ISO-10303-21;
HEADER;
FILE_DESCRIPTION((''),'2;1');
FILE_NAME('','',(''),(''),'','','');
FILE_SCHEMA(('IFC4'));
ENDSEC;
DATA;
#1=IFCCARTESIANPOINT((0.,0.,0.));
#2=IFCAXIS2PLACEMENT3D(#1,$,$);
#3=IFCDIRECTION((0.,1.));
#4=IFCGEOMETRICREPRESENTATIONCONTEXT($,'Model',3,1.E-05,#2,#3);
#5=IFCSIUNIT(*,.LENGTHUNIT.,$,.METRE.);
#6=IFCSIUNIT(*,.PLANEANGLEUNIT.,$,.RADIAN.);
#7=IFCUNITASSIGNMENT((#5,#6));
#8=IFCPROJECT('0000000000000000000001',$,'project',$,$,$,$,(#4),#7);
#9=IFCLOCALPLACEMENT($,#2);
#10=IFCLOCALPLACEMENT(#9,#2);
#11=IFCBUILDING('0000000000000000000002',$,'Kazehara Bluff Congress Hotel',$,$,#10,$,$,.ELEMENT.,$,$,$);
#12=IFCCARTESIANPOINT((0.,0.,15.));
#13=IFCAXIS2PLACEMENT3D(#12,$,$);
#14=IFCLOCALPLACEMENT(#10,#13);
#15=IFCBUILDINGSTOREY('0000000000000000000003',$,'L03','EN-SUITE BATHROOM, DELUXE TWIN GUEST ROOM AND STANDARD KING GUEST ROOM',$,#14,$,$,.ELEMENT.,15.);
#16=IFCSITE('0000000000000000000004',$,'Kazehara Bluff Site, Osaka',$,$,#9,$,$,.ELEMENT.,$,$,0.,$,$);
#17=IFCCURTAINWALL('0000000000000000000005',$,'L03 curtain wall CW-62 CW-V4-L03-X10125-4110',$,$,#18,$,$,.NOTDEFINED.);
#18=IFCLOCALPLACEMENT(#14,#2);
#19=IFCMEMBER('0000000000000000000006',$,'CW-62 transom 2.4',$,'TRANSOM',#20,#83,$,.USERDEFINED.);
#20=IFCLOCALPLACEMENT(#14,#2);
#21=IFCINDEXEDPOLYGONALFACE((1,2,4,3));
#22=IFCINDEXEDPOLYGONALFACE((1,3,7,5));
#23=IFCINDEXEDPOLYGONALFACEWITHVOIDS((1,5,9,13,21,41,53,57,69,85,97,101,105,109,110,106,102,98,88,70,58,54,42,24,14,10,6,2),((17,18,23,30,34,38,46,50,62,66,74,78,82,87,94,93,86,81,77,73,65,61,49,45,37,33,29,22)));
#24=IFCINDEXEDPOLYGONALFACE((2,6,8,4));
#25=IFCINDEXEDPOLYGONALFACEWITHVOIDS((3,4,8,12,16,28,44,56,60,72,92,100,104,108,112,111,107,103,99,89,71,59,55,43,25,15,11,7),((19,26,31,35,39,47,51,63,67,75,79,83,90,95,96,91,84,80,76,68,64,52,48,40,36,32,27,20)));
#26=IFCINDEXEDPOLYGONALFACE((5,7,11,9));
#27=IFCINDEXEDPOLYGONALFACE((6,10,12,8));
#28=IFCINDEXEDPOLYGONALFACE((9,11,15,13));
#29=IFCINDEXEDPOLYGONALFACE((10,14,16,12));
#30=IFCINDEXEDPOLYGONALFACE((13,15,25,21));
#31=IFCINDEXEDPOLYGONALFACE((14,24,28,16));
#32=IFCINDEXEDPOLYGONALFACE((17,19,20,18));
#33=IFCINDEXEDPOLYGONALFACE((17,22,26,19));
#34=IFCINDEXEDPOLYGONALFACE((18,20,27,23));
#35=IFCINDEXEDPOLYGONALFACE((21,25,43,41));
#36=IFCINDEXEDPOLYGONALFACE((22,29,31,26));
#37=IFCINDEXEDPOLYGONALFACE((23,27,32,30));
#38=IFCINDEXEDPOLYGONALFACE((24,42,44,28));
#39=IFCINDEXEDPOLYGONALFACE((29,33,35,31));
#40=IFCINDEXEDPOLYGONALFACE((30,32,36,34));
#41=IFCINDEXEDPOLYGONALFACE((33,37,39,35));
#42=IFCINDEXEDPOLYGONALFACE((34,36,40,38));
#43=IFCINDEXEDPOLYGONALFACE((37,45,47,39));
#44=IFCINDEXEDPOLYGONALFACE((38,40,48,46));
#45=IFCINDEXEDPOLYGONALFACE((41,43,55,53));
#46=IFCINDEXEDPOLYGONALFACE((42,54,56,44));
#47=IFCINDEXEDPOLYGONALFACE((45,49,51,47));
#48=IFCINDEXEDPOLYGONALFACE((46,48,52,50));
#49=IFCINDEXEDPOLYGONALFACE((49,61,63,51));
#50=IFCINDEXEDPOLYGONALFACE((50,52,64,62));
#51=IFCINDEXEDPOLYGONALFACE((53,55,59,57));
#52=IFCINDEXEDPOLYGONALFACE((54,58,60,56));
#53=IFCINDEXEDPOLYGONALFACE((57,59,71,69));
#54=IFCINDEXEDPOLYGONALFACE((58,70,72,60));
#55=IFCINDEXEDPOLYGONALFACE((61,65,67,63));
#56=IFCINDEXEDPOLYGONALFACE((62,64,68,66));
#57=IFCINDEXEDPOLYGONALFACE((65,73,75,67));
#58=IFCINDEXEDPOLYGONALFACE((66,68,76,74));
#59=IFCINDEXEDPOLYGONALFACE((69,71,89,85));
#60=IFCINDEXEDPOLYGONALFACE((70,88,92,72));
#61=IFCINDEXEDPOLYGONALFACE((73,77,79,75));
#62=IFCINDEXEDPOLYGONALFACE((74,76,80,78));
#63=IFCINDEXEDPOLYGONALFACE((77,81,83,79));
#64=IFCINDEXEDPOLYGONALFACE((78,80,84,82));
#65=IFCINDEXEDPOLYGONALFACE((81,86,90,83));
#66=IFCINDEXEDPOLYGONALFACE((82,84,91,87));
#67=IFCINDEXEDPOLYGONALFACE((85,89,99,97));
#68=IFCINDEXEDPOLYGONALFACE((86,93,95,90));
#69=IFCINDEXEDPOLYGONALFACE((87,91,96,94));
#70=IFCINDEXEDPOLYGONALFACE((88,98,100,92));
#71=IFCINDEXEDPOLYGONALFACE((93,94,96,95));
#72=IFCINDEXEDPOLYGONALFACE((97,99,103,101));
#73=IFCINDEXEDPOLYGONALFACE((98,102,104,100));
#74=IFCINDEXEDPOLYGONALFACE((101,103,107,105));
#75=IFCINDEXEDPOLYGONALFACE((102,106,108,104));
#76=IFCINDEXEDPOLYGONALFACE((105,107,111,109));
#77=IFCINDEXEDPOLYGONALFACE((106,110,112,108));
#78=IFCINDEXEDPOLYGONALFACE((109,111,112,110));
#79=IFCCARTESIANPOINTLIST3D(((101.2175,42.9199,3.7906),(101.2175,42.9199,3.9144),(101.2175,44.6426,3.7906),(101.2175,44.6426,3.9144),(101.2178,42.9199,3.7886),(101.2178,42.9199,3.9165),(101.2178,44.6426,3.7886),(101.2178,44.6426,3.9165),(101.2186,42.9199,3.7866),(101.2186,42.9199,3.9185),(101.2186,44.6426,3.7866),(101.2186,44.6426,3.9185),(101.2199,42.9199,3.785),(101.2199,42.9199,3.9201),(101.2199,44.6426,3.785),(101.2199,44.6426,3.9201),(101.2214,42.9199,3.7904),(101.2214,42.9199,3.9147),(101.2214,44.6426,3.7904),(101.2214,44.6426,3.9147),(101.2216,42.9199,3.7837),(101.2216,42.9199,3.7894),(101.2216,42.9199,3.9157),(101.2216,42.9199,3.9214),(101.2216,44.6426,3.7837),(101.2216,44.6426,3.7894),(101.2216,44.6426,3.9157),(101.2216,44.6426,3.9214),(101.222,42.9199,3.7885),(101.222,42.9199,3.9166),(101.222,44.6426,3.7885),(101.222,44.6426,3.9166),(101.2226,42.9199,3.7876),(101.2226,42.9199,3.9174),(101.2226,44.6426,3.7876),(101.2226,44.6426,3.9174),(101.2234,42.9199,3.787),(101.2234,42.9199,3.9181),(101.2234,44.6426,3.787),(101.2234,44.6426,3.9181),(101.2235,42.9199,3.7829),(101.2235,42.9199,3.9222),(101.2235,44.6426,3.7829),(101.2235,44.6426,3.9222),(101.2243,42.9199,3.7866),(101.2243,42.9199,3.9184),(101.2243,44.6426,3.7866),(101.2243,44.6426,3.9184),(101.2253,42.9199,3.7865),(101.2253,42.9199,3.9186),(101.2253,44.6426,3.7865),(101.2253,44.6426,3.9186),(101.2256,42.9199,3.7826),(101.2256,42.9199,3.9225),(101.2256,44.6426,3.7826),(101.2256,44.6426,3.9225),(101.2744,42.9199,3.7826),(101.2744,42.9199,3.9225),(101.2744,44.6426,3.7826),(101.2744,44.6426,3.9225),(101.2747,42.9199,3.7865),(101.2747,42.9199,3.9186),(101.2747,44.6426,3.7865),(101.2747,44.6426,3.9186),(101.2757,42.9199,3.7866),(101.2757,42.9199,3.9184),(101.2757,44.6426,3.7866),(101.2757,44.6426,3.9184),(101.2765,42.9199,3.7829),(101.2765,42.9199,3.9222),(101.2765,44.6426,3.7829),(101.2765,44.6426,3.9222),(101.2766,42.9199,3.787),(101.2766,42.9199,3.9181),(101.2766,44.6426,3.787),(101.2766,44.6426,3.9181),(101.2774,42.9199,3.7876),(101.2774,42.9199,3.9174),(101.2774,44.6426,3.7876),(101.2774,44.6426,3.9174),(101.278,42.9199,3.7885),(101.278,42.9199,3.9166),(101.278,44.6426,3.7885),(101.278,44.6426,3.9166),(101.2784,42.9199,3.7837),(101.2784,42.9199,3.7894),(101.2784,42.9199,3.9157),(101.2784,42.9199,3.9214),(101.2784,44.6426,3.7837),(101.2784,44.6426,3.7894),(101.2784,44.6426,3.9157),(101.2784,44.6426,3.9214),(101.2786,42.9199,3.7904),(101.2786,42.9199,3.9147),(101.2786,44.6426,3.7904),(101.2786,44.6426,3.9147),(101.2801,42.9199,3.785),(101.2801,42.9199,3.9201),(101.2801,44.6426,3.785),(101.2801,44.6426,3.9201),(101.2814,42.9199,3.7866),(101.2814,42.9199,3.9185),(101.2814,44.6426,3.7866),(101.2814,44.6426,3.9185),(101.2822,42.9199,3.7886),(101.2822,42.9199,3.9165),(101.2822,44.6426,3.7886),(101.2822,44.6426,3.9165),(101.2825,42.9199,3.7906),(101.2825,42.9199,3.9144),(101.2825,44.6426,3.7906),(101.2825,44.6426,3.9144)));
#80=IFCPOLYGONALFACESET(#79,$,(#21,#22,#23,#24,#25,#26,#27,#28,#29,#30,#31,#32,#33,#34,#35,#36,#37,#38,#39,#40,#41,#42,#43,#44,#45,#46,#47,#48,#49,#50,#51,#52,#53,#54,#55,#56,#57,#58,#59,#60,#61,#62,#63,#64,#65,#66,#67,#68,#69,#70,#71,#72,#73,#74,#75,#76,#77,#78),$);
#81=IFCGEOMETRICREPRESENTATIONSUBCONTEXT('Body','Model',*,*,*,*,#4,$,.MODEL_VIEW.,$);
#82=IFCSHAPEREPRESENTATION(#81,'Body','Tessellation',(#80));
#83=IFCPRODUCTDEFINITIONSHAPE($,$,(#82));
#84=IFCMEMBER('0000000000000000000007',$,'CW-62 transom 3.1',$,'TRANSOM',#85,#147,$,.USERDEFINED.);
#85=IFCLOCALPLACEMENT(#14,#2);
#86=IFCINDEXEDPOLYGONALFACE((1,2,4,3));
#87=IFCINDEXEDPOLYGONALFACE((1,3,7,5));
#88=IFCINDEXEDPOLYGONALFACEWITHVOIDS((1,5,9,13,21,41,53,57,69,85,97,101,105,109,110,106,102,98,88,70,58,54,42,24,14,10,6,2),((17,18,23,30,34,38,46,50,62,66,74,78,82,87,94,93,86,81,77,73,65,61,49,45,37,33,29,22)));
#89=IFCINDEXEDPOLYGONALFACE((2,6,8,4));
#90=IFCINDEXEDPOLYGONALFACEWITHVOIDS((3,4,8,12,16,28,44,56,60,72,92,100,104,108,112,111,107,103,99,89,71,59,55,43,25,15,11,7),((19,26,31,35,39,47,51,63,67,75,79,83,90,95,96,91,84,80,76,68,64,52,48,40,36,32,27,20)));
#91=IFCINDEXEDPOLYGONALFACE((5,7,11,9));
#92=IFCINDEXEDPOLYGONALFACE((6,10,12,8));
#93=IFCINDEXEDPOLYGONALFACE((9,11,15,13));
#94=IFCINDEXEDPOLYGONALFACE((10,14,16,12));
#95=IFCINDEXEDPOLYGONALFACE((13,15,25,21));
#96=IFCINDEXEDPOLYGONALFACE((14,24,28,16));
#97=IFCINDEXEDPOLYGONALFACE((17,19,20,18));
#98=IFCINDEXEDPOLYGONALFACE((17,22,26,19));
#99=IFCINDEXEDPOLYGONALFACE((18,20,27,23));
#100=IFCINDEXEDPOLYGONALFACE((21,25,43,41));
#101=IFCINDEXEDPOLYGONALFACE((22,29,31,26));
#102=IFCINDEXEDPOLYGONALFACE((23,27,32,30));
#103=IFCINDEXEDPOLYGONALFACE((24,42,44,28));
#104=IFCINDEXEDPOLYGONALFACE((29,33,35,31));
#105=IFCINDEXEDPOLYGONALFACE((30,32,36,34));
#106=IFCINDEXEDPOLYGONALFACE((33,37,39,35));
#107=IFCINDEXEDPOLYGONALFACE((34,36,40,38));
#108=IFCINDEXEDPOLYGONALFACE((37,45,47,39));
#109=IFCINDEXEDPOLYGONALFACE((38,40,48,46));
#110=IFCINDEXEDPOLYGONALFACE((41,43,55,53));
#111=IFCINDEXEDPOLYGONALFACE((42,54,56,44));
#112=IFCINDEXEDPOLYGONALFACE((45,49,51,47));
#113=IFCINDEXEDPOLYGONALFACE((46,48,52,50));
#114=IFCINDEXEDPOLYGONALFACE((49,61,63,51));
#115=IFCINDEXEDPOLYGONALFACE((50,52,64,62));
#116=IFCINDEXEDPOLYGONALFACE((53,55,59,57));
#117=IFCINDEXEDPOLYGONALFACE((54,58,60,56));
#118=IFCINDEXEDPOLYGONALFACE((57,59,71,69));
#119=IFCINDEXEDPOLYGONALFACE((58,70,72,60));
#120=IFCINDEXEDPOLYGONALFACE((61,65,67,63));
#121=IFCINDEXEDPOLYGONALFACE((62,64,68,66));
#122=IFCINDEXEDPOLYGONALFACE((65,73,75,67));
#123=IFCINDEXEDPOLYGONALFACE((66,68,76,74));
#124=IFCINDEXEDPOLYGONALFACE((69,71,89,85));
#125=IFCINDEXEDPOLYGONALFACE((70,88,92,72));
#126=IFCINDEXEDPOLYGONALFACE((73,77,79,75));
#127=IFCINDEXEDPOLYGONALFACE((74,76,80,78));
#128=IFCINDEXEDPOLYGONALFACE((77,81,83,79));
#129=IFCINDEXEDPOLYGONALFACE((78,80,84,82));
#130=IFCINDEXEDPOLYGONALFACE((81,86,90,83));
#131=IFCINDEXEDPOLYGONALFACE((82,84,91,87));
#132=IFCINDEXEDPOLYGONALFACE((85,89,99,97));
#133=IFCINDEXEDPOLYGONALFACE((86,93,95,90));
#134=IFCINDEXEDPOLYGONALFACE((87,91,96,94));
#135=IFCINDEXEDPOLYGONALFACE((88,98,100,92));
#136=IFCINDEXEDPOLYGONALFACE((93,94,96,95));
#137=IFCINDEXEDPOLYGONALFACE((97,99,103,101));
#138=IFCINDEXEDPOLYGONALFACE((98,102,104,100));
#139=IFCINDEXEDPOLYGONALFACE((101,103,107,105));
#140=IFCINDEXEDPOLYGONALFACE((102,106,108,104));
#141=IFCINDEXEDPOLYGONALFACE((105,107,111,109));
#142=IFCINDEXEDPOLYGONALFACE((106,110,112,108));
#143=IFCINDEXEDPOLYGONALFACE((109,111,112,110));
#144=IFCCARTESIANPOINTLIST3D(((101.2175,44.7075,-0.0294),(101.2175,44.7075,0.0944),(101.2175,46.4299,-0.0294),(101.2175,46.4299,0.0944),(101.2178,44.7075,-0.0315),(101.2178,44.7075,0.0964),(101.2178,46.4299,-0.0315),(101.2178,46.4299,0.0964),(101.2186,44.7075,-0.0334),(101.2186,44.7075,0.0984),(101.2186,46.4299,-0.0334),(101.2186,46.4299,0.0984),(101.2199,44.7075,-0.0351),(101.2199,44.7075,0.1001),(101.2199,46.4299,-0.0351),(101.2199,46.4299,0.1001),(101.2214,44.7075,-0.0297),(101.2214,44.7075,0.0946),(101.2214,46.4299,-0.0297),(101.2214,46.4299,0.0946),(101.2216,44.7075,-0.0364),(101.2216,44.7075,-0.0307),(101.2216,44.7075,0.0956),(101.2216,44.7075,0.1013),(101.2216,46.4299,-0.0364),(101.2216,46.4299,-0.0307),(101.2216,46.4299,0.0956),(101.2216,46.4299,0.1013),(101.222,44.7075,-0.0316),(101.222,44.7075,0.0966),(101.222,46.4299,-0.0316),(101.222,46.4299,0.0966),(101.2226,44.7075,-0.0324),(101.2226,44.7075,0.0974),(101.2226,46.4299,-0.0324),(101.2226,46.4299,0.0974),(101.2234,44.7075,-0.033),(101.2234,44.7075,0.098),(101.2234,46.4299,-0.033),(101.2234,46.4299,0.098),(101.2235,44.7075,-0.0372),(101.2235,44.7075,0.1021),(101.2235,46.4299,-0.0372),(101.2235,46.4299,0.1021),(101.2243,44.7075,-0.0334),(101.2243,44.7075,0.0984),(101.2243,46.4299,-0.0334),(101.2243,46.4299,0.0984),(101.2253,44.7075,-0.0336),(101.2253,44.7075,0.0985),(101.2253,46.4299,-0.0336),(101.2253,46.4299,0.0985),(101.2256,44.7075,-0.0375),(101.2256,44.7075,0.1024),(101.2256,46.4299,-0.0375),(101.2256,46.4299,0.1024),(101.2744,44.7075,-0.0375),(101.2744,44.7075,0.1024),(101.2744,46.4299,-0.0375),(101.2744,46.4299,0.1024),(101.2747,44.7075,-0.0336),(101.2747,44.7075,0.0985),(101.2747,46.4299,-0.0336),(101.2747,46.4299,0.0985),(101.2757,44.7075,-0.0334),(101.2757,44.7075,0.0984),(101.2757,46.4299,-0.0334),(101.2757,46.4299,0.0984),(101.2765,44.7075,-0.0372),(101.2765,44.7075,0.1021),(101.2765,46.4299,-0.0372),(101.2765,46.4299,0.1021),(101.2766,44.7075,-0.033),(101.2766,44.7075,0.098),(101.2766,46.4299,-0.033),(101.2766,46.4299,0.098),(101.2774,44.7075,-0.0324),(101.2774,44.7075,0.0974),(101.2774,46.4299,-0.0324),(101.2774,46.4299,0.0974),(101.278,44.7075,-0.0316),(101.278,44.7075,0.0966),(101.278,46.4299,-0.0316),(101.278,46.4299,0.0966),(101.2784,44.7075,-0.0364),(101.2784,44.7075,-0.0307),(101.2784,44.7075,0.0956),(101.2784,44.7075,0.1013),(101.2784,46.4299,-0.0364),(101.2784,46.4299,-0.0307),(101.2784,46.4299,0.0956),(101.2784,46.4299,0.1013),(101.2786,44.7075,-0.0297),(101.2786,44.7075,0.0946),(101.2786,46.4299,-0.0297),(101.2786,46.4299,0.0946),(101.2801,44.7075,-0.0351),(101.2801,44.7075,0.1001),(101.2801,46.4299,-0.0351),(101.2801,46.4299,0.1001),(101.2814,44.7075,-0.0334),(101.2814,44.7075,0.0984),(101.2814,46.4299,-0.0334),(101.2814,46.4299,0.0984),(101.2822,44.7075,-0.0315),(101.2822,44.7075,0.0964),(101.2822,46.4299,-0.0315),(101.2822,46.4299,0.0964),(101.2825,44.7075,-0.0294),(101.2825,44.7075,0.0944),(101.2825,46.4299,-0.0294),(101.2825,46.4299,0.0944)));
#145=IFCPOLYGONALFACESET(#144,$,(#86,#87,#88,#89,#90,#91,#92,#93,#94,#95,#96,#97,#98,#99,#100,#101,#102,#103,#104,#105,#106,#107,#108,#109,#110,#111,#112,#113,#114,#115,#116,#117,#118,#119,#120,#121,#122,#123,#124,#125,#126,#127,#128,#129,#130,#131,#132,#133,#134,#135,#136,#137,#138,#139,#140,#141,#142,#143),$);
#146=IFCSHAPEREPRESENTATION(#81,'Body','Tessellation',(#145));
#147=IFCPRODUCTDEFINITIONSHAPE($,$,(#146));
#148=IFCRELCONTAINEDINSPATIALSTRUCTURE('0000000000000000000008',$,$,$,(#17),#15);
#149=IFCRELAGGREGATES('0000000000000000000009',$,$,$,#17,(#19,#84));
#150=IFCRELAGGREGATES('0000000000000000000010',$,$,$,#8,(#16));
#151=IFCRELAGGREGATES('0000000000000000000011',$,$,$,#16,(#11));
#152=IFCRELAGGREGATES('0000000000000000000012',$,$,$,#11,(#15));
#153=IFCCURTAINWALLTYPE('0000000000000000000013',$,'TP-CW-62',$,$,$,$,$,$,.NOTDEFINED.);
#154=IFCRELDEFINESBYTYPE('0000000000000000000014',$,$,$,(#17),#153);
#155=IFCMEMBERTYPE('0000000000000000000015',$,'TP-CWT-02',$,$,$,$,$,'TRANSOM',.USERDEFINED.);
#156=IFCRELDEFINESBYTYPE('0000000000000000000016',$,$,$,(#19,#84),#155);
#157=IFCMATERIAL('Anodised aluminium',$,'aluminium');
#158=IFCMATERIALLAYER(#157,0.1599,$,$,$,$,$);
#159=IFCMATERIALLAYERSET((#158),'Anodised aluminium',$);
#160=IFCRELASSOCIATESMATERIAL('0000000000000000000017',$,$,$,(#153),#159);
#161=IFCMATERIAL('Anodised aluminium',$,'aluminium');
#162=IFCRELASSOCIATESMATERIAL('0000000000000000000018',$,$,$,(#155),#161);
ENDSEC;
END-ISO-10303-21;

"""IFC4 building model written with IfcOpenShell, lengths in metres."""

from ifc_helpers import new_model, si_unit, direction, frame, origin, origin_2d, place, context, subcontext, project, spatial, hollow_rectangle, extrude, material, layer, layer_set, material_profile, profile_set, type_object, element, aggregate, save


model = new_model("IFC4")

# Units and contexts
model_context = context("Model", 3, precision=1e-05, world=origin(), true_north=direction((0.0, 1.0)))
body_context = subcontext(model_context, "Body", "Model", "MODEL_VIEW")
ifc_project = project(units=[si_unit("LENGTHUNIT", "METRE"), si_unit("PLANEANGLEUNIT", "RADIAN")], contexts=[model_context])

# Site, building, storey
site_placement = place(None, origin())
site = spatial("IfcSite", under=ifc_project, at=site_placement, Name="Kazehara Bluff Site, Osaka", CompositionType="ELEMENT", RefElevation=0.0)
building_placement = place(site_placement, origin())
building = spatial("IfcBuilding", under=site, at=building_placement, Name="Kazehara Bluff Congress Hotel", CompositionType="ELEMENT")
storey_placement = place(building_placement, frame((0.0, 0.0, 15.0)))
storey = spatial("IfcBuildingStorey", under=building, at=storey_placement, Name="L03", Description="EN-SUITE BATHROOM, DELUXE TWIN GUEST ROOM AND STANDARD KING GUEST ROOM", CompositionType="ELEMENT", Elevation=15.0)

# Curtain wall, members
ifc_material_1 = material(Name="Anodised aluminium", Category="aluminium")
ifc_layer_1 = layer(ifc_material_1, 0.1599)
ifc_layer_set_1 = layer_set([ifc_layer_1], Name="Anodised aluminium")
curtain_wall_type_1 = type_object("IfcCurtainWallType", Name="TP-CW-62", PredefinedType="NOTDEFINED", material=ifc_layer_set_1)
curtain_wall_1_placement = place(storey_placement, origin())
curtain_wall_1 = element("IfcCurtainWall", 1, at=curtain_wall_1_placement, inside=storey, type_object=curtain_wall_type_1, Name="L03 curtain wall CW-62 CW-V4-L03-X10125-4110", PredefinedType="NOTDEFINED")
ifc_material_2 = material(Name="Anodised aluminium", Category="aluminium")
ifc_material_profile_1 = material_profile(ifc_material_2, hollow_rectangle(XDim=0.0649, YDim=0.1399, WallThickness=0.0039, InnerFilletRadius=0.0039, OuterFilletRadius=0.0081, at=origin_2d()))
ifc_profile_set_1 = profile_set([ifc_material_profile_1], Name="Anodised aluminium")
member_type_1 = type_object("IfcMemberType", Name="TP-CWT-02", ElementType="TRANSOM", PredefinedType="USERDEFINED", material=ifc_profile_set_1)
member_1_placement = place(storey_placement, frame((101.25, 42.9199, 3.8525), z_axis=(0.0, 1.0, 0.0), x_axis=(-1.0, 0.0, 0.0)))
member_1 = element("IfcMember", 2, at=member_1_placement, type_object=member_type_1, Name="CW-62 transom 2.4", ObjectType="TRANSOM", PredefinedType="USERDEFINED", context=body_context, shape_type="SweptSolid", body=[
    extrude(hollow_rectangle(XDim=0.0649, YDim=0.1399, WallThickness=0.0039, InnerFilletRadius=0.0039, OuterFilletRadius=0.0081, at=origin_2d()), origin(), (0.0, 0.0, 1.0), 1.7227),
])
member_2_placement = place(storey_placement, frame((101.25, 44.7075, 0.0325), z_axis=(0.0, 1.0, 0.0), x_axis=(-1.0, 0.0, 0.0)))
member_2 = element("IfcMember", 3, at=member_2_placement, type_object=member_type_1, Name="CW-62 transom 3.1", ObjectType="TRANSOM", PredefinedType="USERDEFINED", context=body_context, shape_type="SweptSolid", body=[
    extrude(hollow_rectangle(XDim=0.0649, YDim=0.1399, WallThickness=0.0039, InnerFilletRadius=0.0039, OuterFilletRadius=0.0081, at=origin_2d()), origin(), (0.0, 0.0, 1.0), 1.7224),
])

aggregate(curtain_wall_1, [member_1, member_2])

save(model, "model.ifc")
